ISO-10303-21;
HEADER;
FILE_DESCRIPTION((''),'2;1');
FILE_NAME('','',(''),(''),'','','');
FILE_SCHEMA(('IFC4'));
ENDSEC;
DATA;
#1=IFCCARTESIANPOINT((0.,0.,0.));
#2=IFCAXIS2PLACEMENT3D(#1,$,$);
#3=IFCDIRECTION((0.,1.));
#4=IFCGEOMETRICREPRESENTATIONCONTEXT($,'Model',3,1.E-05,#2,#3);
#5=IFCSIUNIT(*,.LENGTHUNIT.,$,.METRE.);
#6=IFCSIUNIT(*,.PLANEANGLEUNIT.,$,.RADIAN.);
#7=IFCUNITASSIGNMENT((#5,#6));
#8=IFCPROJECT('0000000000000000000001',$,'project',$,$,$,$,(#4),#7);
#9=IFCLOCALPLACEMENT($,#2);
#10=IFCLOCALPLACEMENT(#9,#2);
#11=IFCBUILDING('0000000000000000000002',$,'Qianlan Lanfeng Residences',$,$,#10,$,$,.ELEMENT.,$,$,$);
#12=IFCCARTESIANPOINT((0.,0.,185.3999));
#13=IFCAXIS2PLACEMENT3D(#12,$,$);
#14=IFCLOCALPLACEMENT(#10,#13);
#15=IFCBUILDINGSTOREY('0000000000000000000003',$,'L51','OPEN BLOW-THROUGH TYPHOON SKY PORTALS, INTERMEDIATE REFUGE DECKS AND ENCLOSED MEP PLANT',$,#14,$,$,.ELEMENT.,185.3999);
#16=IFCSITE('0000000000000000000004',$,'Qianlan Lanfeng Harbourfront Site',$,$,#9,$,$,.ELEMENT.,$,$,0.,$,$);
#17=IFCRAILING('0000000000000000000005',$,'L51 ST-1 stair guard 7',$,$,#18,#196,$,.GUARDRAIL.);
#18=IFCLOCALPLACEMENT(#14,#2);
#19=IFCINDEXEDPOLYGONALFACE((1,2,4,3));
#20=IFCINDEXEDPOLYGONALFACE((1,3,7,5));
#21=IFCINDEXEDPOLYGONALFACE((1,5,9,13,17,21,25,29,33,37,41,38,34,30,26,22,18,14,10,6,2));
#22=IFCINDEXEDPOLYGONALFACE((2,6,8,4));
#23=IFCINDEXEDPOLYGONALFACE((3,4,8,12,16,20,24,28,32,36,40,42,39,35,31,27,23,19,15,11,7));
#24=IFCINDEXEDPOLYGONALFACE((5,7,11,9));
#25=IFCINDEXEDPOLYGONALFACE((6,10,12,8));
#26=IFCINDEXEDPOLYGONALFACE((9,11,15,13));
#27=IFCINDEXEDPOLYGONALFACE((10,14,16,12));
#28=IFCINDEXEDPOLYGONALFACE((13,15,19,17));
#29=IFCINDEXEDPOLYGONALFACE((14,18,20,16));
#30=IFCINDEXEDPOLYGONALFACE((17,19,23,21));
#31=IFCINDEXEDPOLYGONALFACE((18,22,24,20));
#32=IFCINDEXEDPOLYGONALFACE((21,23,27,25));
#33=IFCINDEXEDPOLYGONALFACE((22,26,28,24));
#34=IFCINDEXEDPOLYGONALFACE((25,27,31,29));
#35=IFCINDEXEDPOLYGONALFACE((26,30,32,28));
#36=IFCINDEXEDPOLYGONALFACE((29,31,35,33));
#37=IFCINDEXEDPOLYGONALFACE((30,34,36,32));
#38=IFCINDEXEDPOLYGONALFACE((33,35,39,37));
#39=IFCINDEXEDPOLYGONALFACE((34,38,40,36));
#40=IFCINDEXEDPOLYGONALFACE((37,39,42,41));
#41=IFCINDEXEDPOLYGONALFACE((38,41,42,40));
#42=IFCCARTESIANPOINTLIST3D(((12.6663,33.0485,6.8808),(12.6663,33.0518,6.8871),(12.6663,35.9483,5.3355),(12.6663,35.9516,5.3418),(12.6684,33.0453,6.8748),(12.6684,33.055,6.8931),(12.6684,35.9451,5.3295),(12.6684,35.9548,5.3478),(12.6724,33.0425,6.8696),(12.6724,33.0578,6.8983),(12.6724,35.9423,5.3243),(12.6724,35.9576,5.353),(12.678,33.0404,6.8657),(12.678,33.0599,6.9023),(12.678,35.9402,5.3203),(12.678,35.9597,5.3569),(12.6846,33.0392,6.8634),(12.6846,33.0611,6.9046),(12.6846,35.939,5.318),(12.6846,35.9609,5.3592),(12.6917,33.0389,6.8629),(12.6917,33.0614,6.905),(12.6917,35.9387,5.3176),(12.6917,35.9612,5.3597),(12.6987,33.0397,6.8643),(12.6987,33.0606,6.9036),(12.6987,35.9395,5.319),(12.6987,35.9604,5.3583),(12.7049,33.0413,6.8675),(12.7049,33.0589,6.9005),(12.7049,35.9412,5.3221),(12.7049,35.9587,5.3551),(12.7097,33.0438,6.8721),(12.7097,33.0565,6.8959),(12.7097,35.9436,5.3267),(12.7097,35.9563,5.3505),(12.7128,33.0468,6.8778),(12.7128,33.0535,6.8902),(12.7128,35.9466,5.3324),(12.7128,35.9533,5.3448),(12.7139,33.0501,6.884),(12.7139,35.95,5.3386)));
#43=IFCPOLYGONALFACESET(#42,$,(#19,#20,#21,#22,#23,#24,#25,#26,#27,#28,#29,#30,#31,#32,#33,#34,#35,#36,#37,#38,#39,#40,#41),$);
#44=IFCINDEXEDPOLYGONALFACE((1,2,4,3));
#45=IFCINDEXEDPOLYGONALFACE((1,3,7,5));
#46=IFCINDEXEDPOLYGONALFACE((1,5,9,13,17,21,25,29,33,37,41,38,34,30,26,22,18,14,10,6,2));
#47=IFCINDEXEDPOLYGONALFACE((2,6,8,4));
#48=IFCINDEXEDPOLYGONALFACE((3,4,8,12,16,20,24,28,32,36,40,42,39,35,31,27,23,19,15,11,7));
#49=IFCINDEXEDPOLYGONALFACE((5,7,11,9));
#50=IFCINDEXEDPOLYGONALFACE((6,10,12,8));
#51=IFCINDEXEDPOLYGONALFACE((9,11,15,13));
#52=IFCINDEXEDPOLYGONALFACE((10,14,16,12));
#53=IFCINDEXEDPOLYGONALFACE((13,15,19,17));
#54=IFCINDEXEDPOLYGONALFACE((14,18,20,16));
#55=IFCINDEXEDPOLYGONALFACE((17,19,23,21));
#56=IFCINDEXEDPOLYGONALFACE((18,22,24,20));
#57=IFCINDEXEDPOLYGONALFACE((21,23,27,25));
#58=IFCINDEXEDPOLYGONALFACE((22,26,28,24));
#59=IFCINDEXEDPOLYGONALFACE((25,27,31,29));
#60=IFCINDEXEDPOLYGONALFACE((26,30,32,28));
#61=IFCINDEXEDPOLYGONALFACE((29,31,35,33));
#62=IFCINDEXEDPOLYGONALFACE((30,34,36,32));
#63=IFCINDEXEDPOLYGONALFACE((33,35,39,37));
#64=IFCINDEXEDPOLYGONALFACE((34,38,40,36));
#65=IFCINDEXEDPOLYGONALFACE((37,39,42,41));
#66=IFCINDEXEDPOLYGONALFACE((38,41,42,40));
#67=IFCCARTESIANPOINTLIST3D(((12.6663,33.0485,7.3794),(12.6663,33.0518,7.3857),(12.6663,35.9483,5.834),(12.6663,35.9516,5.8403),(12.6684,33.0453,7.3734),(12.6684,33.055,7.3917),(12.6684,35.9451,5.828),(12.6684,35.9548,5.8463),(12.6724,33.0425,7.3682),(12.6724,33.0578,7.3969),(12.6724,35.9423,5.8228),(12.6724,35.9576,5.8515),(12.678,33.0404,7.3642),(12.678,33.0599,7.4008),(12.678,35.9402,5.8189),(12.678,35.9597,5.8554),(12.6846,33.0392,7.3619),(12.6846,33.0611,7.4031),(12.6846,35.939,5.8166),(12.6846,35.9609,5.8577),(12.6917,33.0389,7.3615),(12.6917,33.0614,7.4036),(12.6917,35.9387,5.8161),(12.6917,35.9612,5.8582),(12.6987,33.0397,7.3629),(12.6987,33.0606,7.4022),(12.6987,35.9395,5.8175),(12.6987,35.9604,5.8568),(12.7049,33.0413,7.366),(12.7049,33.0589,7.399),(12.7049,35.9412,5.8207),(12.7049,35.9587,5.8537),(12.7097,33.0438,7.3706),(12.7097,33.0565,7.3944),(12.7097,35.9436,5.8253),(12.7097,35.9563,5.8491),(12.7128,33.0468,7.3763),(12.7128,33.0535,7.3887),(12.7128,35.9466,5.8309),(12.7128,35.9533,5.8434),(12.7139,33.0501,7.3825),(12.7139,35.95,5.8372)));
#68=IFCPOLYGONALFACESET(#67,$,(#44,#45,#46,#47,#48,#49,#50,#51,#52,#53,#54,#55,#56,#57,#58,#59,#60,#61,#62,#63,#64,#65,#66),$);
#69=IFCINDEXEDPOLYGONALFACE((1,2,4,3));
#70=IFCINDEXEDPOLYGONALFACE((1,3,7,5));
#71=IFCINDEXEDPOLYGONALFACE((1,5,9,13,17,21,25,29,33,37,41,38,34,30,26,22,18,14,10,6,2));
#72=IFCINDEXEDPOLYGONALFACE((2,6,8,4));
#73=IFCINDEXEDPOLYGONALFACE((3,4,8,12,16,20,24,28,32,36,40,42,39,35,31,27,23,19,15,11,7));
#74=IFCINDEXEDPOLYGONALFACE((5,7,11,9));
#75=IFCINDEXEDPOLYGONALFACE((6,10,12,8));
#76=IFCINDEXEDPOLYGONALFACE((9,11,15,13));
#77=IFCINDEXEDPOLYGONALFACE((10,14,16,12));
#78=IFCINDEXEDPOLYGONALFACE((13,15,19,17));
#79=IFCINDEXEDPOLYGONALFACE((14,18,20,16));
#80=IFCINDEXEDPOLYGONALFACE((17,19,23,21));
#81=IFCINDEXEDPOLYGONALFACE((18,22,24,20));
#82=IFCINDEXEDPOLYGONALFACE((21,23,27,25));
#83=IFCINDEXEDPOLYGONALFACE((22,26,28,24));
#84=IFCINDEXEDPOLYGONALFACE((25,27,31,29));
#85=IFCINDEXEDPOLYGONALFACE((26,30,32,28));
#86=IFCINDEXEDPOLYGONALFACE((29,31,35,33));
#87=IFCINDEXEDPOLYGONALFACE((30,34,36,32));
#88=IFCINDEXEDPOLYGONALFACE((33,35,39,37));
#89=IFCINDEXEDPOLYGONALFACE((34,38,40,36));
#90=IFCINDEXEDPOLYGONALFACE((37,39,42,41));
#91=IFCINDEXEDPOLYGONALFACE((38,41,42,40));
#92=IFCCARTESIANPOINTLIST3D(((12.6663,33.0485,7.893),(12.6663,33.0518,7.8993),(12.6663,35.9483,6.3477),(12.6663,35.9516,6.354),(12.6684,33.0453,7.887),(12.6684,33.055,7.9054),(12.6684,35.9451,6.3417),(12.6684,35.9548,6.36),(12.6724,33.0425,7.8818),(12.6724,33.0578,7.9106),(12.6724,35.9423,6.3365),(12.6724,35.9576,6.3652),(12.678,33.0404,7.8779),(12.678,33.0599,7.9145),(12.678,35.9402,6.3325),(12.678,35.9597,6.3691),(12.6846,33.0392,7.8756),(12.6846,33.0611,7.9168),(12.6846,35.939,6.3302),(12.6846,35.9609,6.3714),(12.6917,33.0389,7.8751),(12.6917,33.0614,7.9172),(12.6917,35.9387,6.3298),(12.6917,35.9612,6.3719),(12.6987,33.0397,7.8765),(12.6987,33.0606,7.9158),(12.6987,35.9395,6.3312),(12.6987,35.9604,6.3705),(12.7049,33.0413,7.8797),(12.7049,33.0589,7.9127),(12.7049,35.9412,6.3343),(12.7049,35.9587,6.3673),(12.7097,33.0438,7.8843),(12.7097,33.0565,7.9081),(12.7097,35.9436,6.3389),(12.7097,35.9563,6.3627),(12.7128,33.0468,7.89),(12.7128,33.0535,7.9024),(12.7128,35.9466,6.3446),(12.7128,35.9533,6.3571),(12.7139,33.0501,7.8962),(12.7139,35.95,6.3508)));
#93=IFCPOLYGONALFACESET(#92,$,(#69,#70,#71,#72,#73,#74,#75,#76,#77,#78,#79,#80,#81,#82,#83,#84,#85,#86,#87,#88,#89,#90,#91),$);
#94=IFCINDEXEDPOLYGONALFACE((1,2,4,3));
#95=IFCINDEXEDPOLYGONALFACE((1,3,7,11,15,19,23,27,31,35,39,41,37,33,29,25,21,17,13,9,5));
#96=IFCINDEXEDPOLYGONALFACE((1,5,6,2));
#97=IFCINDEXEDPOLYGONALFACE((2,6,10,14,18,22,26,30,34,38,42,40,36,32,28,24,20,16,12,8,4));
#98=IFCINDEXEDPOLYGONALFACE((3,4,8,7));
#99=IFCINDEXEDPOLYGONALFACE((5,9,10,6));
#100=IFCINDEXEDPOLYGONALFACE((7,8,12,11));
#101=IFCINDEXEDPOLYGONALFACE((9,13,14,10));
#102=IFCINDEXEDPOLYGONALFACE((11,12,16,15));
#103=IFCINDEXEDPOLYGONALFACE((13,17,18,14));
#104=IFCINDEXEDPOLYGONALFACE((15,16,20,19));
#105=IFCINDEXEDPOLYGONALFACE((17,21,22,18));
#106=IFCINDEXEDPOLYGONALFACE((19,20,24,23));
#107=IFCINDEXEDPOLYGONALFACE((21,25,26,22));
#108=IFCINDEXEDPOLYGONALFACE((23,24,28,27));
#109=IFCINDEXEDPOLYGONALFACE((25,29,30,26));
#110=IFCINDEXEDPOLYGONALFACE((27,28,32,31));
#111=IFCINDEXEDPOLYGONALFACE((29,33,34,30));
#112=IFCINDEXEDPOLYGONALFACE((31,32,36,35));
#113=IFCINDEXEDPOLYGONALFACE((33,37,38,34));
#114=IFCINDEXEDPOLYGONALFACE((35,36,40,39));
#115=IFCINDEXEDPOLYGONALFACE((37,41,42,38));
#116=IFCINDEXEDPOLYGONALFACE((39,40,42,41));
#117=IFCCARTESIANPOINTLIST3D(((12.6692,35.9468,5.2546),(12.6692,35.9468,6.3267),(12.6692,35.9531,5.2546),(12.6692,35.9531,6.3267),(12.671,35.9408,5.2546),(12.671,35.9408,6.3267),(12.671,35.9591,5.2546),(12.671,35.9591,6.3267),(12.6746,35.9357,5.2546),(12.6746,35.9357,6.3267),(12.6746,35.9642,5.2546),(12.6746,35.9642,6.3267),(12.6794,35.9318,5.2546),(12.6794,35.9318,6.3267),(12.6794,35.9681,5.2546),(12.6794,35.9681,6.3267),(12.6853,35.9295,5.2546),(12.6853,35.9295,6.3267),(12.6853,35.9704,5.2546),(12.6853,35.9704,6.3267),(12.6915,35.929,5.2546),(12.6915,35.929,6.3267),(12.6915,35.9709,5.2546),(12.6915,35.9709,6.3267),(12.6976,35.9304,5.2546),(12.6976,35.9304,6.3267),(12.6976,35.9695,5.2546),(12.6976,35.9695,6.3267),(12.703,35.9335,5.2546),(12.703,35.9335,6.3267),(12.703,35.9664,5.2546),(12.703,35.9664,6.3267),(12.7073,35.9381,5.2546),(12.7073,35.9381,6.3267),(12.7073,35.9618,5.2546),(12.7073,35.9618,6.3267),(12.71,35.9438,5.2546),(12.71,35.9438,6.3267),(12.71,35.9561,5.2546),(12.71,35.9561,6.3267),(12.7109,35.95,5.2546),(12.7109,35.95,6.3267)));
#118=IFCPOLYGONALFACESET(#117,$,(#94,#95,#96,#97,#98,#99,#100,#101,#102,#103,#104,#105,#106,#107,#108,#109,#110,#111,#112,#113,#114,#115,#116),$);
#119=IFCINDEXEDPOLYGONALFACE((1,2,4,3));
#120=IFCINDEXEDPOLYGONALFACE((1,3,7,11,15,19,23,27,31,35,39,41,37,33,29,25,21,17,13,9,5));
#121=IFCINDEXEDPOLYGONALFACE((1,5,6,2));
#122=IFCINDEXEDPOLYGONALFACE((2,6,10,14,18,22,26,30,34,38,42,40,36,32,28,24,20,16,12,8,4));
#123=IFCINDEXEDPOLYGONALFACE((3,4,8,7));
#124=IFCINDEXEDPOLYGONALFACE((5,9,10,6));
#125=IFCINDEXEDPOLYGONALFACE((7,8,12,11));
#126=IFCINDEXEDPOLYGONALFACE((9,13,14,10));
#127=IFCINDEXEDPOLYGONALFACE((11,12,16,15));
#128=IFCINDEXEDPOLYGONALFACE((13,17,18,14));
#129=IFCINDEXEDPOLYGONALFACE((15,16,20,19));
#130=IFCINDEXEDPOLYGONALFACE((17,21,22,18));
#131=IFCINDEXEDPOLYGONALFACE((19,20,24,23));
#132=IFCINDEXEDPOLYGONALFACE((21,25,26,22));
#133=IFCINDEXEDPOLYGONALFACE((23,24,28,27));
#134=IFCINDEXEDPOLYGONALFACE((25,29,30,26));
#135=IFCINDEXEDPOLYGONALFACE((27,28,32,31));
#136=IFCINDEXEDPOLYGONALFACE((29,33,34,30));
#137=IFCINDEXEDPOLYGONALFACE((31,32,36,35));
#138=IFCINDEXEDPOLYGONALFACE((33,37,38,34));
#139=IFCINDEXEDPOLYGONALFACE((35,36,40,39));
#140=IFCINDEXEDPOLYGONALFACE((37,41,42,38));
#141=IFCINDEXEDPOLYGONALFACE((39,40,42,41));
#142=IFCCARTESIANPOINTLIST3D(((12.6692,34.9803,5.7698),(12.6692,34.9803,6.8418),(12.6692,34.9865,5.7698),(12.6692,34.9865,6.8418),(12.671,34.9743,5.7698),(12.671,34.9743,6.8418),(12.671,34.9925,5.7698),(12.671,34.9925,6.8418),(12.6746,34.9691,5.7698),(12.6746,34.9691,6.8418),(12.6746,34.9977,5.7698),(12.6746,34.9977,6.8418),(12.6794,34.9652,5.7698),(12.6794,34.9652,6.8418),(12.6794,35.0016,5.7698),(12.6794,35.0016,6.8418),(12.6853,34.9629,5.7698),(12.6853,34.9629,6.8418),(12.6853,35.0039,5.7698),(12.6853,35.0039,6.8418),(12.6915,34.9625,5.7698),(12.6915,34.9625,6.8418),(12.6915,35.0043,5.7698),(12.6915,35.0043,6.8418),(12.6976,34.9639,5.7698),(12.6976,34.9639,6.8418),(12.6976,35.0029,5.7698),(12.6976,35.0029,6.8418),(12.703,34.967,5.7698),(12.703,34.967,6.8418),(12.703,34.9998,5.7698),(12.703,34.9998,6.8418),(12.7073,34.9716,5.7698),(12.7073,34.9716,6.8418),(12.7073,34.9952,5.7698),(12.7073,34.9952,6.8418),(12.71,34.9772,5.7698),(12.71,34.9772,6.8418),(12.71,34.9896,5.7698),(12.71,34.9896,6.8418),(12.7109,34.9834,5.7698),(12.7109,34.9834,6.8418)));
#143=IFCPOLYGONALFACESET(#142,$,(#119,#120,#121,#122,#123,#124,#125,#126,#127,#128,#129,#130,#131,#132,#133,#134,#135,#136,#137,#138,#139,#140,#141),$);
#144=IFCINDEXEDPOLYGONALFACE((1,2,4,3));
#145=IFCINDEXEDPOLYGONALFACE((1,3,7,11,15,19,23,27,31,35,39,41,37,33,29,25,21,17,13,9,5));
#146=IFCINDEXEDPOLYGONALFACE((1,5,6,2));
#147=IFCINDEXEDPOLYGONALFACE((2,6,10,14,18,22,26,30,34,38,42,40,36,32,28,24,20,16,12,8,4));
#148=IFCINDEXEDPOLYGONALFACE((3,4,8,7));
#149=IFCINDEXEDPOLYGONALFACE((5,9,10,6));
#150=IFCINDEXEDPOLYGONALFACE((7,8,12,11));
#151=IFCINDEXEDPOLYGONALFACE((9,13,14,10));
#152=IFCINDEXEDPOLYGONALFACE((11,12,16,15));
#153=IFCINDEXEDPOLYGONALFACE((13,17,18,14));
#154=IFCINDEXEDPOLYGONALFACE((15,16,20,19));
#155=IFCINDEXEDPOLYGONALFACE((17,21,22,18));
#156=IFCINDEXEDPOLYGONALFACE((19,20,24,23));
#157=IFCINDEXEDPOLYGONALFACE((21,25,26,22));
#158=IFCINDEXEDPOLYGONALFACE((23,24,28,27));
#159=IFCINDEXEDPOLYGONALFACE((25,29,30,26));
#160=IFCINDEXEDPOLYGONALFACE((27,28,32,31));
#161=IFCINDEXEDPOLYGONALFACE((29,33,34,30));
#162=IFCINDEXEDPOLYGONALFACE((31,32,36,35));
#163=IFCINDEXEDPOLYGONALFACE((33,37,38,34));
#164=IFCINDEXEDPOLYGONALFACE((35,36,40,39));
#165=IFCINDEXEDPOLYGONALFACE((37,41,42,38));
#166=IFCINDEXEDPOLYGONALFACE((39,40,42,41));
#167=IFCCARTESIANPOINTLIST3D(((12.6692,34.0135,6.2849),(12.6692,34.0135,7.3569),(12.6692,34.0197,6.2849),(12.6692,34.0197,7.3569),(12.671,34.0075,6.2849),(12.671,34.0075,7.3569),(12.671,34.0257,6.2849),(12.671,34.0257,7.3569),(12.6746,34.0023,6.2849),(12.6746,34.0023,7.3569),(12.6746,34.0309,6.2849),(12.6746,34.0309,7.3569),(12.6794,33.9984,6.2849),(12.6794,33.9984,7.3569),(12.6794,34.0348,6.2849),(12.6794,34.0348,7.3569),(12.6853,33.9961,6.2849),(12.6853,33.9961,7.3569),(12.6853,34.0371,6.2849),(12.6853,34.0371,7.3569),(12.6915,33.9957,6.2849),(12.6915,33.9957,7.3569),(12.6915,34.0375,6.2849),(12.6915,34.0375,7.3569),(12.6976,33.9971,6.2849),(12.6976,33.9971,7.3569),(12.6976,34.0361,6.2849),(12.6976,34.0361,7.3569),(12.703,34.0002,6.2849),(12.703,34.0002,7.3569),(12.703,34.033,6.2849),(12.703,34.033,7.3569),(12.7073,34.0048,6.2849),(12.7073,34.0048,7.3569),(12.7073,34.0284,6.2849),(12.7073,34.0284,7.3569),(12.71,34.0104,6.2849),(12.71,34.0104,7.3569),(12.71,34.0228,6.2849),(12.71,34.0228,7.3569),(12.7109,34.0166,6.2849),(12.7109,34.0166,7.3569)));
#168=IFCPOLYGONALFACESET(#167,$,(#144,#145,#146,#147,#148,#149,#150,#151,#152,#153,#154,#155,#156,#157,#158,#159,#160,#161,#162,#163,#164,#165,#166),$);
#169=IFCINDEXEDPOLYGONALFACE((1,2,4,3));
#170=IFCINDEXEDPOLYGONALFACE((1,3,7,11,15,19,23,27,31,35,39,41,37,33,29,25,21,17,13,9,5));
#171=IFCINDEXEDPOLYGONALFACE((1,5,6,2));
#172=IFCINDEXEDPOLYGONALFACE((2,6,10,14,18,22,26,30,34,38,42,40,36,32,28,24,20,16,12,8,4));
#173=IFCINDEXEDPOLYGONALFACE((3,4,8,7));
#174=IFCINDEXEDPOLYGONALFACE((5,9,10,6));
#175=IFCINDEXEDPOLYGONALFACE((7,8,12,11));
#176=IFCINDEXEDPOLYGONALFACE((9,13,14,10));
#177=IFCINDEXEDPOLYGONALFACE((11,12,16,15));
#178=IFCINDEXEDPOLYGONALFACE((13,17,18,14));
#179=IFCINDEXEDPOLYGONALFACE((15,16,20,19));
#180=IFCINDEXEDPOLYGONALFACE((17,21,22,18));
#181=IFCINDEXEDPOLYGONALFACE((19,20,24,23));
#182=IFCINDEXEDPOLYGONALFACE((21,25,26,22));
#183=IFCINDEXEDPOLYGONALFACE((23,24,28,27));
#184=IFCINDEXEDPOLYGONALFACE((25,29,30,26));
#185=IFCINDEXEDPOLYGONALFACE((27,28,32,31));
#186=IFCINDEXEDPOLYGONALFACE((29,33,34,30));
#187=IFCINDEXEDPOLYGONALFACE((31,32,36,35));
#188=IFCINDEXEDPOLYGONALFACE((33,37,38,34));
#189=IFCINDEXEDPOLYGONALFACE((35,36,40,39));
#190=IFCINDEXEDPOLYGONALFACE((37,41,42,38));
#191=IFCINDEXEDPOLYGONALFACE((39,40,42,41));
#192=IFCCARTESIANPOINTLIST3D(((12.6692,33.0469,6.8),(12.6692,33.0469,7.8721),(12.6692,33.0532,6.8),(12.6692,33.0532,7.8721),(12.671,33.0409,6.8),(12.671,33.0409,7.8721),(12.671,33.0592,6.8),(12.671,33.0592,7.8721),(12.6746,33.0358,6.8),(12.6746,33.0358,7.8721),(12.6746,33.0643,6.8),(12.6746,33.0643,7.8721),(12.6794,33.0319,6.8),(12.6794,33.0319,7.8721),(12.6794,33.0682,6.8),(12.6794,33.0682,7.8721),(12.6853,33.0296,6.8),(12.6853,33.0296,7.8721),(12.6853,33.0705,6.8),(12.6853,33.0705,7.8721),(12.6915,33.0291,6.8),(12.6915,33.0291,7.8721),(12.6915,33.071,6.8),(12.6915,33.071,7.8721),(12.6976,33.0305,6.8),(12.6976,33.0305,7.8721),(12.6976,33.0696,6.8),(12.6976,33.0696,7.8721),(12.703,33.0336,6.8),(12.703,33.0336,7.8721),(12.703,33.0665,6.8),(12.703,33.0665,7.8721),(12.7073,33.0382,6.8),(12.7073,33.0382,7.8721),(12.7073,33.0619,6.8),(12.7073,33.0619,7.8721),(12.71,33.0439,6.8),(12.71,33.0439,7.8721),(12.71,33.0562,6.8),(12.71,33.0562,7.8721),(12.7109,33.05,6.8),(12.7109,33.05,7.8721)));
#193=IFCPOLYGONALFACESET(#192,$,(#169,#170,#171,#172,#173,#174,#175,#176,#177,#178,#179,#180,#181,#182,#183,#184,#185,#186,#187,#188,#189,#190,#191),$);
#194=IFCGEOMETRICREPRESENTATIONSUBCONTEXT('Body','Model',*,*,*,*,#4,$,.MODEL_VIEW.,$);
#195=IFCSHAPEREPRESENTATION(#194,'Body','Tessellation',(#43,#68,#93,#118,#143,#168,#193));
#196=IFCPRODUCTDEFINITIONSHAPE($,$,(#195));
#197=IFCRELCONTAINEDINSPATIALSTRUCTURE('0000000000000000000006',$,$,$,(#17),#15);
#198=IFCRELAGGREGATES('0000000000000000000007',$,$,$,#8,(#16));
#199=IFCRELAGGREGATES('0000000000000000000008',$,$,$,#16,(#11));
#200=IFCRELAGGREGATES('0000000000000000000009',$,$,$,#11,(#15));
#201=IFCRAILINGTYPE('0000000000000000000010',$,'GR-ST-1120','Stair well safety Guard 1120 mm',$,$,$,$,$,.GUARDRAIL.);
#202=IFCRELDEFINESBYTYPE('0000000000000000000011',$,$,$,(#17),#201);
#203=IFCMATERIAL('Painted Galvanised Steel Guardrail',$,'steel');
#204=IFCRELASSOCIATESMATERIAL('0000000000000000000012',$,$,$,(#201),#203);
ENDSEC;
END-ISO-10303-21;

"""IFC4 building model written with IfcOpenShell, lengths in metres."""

from ifc_helpers import new_model, si_unit, direction, frame, origin, origin_2d, place, context, subcontext, project, spatial, circle, extrude, material, type_object, element, save


model = new_model("IFC4")

# Units and contexts
model_context = context("Model", 3, precision=1e-05, world=origin(), true_north=direction((0.0, 1.0)))
body_context = subcontext(model_context, "Body", "Model", "MODEL_VIEW")
ifc_project = project(units=[si_unit("LENGTHUNIT", "METRE"), si_unit("PLANEANGLEUNIT", "RADIAN")], contexts=[model_context])

# Site, building, storey
site_placement = place(None, origin())
site = spatial("IfcSite", under=ifc_project, at=site_placement, Name="Qianlan Lanfeng Harbourfront Site", CompositionType="ELEMENT", RefElevation=0.0)
building_placement = place(site_placement, origin())
building = spatial("IfcBuilding", under=site, at=building_placement, Name="Qianlan Lanfeng Residences", CompositionType="ELEMENT")
storey_placement = place(building_placement, frame((0.0, 0.0, 185.3999)))
storey = spatial("IfcBuildingStorey", under=building, at=storey_placement, Name="L51", Description="OPEN BLOW-THROUGH TYPHOON SKY PORTALS, INTERMEDIATE REFUGE DECKS AND ENCLOSED MEP PLANT", CompositionType="ELEMENT", Elevation=185.3999)

# Railing
ifc_material_1 = material(Name="Painted Galvanised Steel Guardrail", Category="steel")
railing_type_1 = type_object("IfcRailingType", Name="GR-ST-1120", Description="Stair well safety Guard 1120 mm", PredefinedType="GUARDRAIL", material=ifc_material_1)
railing_1_placement = place(storey_placement, frame((12.6899, 35.95, 5.2546)))
element("IfcRailing", 1, at=railing_1_placement, inside=storey, type_object=railing_type_1, Name="L51 ST-1 stair guard 7", PredefinedType="GUARDRAIL", context=body_context, shape_type="SweptSolid", body=[
    extrude(circle(Radius=0.0239, at=origin_2d()), frame((0.0, 0.0, 0.084), z_axis=(0.0, -0.882505, 0.470303), x_axis=(1.0, 0.0, 0.0)), (0.0, 0.0, 1.0), 3.2859),
    extrude(circle(Radius=0.0239, at=origin_2d()), frame((0.0, 0.0, 0.5825), z_axis=(0.0, -0.882505, 0.470303), x_axis=(1.0, 0.0, 0.0)), (0.0, 0.0, 1.0), 3.2859),
    extrude(circle(Radius=0.0239, at=origin_2d()), frame((0.0, 0.0, 1.0962), z_axis=(0.0, -0.882505, 0.470303), x_axis=(1.0, 0.0, 0.0)), (0.0, 0.0, 1.0), 3.2859),
    extrude(circle(Radius=0.021, at=origin_2d()), origin(), (0.0, 0.0, 1.0), 1.072),
    extrude(circle(Radius=0.021, at=origin_2d()), frame((0.0, -0.9666, 0.5151)), (0.0, 0.0, 1.0), 1.072),
    extrude(circle(Radius=0.021, at=origin_2d()), frame((0.0, -1.9333, 1.0303)), (0.0, 0.0, 1.0), 1.072),
    extrude(circle(Radius=0.021, at=origin_2d()), frame((0.0, -2.8999, 1.5454)), (0.0, 0.0, 1.0), 1.072),
])

save(model, "model.ifc")
